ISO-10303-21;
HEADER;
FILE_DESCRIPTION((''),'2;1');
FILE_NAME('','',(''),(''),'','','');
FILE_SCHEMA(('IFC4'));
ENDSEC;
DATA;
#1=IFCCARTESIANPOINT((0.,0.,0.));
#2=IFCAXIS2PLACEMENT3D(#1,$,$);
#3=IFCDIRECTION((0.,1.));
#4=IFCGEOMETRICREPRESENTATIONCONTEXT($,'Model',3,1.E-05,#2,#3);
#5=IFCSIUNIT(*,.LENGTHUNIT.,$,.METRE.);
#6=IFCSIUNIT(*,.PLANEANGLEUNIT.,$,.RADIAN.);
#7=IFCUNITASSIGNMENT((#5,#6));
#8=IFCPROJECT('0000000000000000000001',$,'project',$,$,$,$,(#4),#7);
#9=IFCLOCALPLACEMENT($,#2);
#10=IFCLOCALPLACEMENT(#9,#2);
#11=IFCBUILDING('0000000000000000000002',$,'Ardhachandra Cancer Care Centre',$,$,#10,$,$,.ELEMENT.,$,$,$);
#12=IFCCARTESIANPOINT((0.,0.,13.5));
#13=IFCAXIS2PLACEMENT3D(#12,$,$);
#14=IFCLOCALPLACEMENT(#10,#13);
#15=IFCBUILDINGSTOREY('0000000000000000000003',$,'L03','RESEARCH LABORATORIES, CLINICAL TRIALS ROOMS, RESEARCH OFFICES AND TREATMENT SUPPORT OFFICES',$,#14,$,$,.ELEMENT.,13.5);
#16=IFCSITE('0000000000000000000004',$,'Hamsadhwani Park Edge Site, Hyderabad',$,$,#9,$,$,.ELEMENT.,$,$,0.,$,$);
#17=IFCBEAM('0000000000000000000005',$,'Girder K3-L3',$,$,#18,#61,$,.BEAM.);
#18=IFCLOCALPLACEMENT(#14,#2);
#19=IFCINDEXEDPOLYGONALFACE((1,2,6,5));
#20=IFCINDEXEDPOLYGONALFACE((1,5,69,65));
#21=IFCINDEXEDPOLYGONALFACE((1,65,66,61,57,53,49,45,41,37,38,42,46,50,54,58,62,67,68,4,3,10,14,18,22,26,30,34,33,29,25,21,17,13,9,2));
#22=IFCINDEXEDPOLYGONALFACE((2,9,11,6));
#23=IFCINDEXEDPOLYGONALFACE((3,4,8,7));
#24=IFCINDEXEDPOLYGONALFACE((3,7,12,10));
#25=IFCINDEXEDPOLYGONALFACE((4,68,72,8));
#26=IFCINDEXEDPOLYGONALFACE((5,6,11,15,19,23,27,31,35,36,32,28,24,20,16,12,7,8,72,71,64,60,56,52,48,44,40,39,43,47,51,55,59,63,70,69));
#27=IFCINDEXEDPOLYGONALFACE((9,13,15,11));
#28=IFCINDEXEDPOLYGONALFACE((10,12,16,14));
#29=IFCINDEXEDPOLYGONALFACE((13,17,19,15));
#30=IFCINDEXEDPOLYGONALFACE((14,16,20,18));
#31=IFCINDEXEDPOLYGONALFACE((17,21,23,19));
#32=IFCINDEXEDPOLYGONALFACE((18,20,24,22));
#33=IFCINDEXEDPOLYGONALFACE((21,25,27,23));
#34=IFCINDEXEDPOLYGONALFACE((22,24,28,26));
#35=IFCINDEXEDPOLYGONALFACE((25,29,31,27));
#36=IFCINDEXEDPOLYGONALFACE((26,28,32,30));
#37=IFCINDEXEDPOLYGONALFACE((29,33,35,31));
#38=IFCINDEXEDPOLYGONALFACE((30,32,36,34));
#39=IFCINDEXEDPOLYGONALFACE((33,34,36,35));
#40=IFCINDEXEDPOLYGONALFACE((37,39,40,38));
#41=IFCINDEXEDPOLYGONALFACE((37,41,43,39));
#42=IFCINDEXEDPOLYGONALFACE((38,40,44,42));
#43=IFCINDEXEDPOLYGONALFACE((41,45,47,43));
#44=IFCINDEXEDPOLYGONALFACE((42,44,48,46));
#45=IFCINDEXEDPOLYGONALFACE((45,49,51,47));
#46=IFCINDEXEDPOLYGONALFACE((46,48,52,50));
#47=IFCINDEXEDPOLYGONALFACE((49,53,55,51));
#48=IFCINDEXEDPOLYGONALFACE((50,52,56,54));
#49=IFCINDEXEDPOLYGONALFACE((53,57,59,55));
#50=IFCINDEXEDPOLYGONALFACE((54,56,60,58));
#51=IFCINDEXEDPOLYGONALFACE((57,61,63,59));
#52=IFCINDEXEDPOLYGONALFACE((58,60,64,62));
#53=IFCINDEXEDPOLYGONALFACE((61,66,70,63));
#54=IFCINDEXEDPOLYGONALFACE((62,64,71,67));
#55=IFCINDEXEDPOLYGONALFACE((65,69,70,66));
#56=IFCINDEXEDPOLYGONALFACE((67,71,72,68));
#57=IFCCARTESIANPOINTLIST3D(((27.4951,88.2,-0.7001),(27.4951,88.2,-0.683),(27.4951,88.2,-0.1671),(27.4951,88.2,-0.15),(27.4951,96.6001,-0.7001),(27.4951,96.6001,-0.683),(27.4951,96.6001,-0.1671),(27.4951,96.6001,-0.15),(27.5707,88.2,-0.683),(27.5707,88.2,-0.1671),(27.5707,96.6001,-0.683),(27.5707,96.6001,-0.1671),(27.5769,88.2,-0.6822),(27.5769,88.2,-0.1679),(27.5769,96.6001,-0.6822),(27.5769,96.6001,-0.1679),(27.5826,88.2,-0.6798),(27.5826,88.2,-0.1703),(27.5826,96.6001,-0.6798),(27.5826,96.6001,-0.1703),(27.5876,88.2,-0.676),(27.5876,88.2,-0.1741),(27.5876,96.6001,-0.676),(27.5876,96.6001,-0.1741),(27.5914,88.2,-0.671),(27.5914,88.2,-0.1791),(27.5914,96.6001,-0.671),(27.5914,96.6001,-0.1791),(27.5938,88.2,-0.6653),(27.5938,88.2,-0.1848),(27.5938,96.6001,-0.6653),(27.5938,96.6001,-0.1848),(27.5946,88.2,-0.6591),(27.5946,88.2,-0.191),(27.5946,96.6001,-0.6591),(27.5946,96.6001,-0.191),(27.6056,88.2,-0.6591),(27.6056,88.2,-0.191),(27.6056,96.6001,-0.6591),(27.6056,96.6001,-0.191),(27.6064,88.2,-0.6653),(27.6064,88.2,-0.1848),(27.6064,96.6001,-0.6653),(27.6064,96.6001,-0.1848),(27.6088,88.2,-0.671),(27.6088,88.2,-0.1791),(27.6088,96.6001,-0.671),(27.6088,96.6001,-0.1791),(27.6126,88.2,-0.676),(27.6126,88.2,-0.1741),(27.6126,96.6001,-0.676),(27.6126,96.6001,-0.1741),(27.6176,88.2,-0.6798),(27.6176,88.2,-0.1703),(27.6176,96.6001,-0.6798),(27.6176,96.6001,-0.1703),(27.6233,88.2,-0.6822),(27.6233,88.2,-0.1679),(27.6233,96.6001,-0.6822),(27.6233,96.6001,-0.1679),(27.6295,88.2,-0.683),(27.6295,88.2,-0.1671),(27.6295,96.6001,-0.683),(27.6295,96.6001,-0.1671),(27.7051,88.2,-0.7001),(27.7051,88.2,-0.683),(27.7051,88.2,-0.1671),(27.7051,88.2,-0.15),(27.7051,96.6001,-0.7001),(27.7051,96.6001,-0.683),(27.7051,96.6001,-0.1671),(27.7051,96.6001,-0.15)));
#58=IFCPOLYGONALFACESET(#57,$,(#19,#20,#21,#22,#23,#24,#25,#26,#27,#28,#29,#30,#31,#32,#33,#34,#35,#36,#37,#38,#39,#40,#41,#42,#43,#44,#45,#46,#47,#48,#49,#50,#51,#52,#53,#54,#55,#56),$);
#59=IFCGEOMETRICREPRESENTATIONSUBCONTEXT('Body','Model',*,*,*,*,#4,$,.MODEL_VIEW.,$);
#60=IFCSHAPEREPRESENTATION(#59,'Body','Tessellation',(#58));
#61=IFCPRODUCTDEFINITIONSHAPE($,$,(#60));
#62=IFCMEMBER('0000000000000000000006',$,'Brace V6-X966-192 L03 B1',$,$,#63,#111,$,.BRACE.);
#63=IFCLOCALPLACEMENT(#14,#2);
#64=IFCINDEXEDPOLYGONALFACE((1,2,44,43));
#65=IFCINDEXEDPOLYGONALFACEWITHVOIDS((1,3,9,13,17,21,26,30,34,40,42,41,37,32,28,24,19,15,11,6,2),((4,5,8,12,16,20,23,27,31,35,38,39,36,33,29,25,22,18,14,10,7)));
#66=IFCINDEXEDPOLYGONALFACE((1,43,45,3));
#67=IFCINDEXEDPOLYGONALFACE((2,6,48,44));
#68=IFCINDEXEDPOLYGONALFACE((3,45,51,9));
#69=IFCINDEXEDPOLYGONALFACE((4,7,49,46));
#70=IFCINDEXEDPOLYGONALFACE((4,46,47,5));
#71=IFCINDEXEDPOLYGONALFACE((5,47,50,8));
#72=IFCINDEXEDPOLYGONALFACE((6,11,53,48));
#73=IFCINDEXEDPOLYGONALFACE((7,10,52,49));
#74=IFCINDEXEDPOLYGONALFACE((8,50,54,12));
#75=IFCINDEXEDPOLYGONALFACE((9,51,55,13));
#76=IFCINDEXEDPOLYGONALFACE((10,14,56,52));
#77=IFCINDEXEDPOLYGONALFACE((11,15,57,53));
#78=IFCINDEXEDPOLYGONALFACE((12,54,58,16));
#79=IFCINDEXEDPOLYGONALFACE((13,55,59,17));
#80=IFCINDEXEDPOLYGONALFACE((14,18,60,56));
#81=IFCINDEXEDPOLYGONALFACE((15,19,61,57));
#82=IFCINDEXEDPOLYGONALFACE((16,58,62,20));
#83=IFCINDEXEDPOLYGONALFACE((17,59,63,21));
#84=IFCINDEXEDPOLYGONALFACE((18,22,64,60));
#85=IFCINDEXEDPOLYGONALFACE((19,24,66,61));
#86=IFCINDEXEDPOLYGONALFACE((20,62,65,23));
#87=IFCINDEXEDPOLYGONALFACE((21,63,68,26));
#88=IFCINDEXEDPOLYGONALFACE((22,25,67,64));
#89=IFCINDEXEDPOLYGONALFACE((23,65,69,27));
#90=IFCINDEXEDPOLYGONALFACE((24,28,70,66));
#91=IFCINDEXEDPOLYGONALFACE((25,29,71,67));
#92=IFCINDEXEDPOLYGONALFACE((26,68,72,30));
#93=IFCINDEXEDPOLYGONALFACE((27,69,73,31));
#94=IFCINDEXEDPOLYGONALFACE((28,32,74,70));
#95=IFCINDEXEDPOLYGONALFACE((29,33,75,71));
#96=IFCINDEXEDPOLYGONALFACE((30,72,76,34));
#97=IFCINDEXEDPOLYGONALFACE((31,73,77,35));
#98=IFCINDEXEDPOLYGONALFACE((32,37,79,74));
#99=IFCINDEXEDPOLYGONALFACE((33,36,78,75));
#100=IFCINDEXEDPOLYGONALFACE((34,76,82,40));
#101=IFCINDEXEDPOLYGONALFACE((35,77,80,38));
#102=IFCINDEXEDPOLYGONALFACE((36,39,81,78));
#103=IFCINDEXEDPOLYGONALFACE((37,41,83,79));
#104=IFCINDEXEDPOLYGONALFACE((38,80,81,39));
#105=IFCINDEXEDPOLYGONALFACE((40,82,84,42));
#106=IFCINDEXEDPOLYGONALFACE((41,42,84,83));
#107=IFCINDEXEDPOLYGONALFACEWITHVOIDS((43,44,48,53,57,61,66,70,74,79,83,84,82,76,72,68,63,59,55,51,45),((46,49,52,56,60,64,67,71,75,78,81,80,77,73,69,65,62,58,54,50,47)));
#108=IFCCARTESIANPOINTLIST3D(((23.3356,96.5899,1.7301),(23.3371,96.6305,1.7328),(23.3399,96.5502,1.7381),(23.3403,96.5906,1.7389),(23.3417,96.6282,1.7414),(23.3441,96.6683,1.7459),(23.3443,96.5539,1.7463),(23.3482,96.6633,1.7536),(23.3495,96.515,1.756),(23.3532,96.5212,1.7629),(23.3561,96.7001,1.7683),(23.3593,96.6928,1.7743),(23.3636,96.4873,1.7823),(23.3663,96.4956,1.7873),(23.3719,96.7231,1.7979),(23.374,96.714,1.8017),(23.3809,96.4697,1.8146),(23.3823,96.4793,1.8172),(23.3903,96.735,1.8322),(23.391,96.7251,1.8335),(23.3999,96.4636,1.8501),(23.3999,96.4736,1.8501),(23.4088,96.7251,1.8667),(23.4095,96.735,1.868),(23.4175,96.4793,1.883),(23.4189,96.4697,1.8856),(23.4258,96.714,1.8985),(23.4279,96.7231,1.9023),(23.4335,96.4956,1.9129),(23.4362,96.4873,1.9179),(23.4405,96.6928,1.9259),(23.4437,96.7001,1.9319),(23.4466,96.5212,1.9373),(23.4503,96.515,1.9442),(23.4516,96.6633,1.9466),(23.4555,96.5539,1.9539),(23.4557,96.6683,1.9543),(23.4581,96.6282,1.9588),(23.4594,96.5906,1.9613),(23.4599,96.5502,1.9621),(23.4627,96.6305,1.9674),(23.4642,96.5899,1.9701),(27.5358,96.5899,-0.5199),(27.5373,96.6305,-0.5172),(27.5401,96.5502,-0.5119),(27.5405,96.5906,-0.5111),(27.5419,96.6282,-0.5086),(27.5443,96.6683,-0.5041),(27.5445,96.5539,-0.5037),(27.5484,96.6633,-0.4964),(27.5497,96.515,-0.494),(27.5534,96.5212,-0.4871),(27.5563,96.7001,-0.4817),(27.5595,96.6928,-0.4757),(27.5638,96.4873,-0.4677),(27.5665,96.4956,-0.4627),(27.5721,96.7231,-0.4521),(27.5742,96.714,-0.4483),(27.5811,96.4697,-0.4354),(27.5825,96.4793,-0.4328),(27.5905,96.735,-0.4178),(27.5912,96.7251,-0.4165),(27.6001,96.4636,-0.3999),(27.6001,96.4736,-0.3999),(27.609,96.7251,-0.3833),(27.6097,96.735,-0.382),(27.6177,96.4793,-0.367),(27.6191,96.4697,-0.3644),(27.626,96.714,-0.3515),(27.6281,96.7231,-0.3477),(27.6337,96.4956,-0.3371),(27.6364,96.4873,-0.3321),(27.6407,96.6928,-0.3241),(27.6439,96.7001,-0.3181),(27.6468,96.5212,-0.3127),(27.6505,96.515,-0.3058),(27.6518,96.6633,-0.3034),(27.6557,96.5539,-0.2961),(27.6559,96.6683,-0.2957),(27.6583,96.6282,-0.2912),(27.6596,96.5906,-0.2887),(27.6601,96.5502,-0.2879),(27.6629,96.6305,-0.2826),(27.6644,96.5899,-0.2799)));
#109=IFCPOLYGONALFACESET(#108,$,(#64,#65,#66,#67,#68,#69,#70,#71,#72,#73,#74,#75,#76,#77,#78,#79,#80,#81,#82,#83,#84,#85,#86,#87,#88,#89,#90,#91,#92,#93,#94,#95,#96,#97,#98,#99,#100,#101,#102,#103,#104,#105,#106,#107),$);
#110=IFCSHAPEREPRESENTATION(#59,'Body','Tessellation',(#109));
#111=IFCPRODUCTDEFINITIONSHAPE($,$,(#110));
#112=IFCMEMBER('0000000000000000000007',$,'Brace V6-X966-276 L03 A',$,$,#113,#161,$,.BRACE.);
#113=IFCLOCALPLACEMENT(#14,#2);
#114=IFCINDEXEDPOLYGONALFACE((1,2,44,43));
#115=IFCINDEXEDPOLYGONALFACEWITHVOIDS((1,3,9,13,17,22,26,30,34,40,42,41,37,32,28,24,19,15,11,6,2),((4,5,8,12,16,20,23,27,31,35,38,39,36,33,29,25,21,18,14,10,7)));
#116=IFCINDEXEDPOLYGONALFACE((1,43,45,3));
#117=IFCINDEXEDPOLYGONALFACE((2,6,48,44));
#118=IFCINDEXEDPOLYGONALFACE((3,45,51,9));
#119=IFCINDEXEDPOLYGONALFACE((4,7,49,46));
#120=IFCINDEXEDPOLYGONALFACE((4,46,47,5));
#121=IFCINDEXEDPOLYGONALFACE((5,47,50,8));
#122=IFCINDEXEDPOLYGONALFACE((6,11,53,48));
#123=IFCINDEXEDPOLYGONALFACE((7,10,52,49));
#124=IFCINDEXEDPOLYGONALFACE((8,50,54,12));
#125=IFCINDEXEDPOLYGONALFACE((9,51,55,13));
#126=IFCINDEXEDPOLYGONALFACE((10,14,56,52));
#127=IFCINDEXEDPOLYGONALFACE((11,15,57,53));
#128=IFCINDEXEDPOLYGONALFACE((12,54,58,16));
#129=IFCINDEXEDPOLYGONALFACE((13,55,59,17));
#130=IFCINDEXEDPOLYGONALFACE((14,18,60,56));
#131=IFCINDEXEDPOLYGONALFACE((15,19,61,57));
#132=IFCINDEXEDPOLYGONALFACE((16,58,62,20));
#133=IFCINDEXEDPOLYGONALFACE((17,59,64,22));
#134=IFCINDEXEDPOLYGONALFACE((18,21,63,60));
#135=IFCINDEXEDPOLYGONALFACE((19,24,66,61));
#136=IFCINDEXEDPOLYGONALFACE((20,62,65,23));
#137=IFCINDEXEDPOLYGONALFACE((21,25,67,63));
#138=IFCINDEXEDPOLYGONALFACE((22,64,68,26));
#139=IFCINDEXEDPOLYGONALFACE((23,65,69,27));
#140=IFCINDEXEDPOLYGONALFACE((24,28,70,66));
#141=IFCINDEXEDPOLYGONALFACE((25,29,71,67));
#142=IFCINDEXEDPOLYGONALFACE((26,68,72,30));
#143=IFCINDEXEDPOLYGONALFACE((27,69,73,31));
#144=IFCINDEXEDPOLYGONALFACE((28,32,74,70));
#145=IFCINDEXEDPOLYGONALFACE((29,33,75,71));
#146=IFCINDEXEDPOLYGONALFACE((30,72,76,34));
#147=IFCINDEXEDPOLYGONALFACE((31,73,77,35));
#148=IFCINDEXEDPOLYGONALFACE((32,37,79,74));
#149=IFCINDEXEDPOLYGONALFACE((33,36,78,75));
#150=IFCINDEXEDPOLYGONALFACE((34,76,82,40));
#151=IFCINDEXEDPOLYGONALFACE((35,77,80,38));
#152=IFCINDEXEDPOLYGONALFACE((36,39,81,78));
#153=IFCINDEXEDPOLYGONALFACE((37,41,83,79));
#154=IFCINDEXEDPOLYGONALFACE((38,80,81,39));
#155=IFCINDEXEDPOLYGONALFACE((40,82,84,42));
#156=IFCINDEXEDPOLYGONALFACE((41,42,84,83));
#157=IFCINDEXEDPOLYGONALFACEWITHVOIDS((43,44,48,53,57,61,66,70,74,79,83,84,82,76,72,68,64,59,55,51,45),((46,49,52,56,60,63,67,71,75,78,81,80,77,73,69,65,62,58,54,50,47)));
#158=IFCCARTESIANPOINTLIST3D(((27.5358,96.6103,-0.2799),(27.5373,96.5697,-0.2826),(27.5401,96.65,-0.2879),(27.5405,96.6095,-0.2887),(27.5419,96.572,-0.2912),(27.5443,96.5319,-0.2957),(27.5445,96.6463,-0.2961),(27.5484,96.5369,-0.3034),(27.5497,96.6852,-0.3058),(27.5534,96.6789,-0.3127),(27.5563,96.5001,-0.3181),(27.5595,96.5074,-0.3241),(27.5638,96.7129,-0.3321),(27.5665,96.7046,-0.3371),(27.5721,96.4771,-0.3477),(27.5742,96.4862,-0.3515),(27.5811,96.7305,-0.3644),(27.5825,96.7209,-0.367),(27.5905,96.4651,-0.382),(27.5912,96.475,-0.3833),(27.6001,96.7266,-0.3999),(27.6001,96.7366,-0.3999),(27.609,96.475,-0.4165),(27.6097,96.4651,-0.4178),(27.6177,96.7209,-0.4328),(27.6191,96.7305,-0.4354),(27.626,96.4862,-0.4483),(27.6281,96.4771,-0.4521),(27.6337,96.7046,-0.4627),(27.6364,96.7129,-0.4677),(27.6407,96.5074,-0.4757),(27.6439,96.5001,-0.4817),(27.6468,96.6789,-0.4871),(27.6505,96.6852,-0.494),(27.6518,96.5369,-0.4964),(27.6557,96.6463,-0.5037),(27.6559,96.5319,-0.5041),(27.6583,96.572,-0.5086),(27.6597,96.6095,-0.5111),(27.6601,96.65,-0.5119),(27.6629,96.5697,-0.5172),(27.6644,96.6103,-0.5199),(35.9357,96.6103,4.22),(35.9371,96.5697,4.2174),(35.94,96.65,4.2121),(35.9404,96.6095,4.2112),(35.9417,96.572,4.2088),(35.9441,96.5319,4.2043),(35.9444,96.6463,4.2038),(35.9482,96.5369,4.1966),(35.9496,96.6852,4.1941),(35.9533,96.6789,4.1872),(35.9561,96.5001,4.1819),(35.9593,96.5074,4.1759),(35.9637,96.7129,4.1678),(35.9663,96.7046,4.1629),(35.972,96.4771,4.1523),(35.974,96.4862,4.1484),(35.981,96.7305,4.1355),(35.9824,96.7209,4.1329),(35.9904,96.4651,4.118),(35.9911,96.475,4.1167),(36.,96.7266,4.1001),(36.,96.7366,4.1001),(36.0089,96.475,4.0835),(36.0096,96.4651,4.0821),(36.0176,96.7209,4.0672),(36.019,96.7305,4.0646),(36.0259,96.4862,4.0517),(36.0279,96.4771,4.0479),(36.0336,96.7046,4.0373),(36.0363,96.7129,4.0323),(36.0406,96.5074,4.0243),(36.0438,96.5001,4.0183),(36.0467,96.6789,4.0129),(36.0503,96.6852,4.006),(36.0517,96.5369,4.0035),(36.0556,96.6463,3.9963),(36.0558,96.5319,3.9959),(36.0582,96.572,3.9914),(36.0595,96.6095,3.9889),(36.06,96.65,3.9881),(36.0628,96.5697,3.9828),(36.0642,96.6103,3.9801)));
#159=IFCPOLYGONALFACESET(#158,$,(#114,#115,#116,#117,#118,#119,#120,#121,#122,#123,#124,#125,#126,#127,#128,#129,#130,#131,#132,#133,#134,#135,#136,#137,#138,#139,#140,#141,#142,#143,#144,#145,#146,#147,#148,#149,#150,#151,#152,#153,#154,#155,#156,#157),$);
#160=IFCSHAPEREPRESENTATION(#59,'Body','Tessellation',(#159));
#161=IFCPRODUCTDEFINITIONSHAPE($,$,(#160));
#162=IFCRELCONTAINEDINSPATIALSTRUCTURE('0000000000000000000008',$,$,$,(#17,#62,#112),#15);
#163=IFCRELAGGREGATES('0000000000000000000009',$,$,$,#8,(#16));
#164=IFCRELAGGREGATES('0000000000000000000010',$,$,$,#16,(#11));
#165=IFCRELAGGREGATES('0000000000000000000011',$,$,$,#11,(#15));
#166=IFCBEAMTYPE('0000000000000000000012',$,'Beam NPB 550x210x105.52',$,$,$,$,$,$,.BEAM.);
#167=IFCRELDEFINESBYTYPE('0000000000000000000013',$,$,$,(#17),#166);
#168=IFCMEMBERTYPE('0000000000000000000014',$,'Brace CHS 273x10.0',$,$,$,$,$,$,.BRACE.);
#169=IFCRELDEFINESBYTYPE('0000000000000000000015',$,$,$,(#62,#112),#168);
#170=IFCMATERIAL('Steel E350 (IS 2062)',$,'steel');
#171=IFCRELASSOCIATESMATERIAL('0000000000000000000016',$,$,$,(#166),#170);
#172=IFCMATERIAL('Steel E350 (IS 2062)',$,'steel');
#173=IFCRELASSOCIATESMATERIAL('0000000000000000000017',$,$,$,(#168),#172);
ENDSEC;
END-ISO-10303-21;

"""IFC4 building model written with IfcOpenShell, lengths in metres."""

from ifc_helpers import new_model, si_unit, direction, frame, origin, origin_2d, place, context, subcontext, project, spatial, hollow_circle, i_section, extrude, material, material_profile, profile_set, type_object, element, save


model = new_model("IFC4")

# Units and contexts
model_context = context("Model", 3, precision=1e-05, world=origin(), true_north=direction((0.0, 1.0)))
body_context = subcontext(model_context, "Body", "Model", "MODEL_VIEW")
ifc_project = project(units=[si_unit("LENGTHUNIT", "METRE"), si_unit("PLANEANGLEUNIT", "RADIAN")], contexts=[model_context])

# Site, building, storey
site_placement = place(None, origin())
site = spatial("IfcSite", under=ifc_project, at=site_placement, Name="Hamsadhwani Park Edge Site, Hyderabad", CompositionType="ELEMENT", RefElevation=0.0)
building_placement = place(site_placement, origin())
building = spatial("IfcBuilding", under=site, at=building_placement, Name="Ardhachandra Cancer Care Centre", CompositionType="ELEMENT")
storey_placement = place(building_placement, frame((0.0, 0.0, 13.5)))
storey = spatial("IfcBuildingStorey", under=building, at=storey_placement, Name="L03", Description="RESEARCH LABORATORIES, CLINICAL TRIALS ROOMS, RESEARCH OFFICES AND TREATMENT SUPPORT OFFICES", CompositionType="ELEMENT", Elevation=13.5)

# Beam
ifc_material_1 = material(Name="Steel E350 (IS 2062)", Category="steel")
ifc_material_profile_1 = material_profile(ifc_material_1, i_section(OverallWidth=0.21, OverallDepth=0.55, WebThickness=0.011, FlangeThickness=0.0171, FilletRadius=0.0239, at=origin_2d()), Name="NPB 550x210x105.52")
ifc_profile_set_1 = profile_set([ifc_material_profile_1], Name="Steel E350 (IS 2062)")
beam_type_1 = type_object("IfcBeamType", Name="Beam NPB 550x210x105.52", PredefinedType="BEAM", material=ifc_profile_set_1)
beam_1_placement = place(storey_placement, frame((27.6001, 88.2, -0.425), z_axis=(0.0, 1.0, 0.0), x_axis=(-1.0, 0.0, 0.0)))
element("IfcBeam", 1, at=beam_1_placement, inside=storey, type_object=beam_type_1, Name="Girder K3-L3", PredefinedType="BEAM", context=body_context, shape_type="SweptSolid", body=[
    extrude(i_section(OverallWidth=0.21, OverallDepth=0.55, WebThickness=0.011, FlangeThickness=0.0171, FilletRadius=0.0239, at=origin_2d()), origin(), (0.0, 0.0, 1.0), 8.4001),
])

# Members
ifc_material_2 = material(Name="Steel E350 (IS 2062)", Category="steel")
ifc_material_profile_2 = material_profile(ifc_material_2, hollow_circle(Radius=0.1365, WallThickness=0.01, at=origin_2d()), Name="CHS 273x10.0")
ifc_profile_set_2 = profile_set([ifc_material_profile_2], Name="Steel E350 (IS 2062)")
member_type_1 = type_object("IfcMemberType", Name="Brace CHS 273x10.0", PredefinedType="BRACE", material=ifc_profile_set_2)
member_1_placement = place(storey_placement, frame((27.6001, 96.6001, -0.3999), z_axis=(-0.881489, 0.0, 0.472204), x_axis=(0.0, -1.0, 0.0)))
element("IfcMember", 2, at=member_1_placement, inside=storey, type_object=member_type_1, Name="Brace V6-X966-192 L03 B1", PredefinedType="BRACE", context=body_context, shape_type="SweptSolid", body=[
    extrude(hollow_circle(Radius=0.1365, WallThickness=0.01, at=origin_2d()), origin(), (0.0, 0.0, 1.0), 4.7649),
])
member_2_placement = place(storey_placement, frame((27.6001, 96.6001, -0.3999), z_axis=(0.881478, 0.0, 0.472226), x_axis=(0.0, 1.0, 0.0)))
element("IfcMember", 3, at=member_2_placement, inside=storey, type_object=member_type_1, Name="Brace V6-X966-276 L03 A", PredefinedType="BRACE", context=body_context, shape_type="SweptSolid", body=[
    extrude(hollow_circle(Radius=0.1365, WallThickness=0.01, at=origin_2d()), origin(), (0.0, 0.0, 1.0), 9.5293),
])

save(model, "model.ifc")
